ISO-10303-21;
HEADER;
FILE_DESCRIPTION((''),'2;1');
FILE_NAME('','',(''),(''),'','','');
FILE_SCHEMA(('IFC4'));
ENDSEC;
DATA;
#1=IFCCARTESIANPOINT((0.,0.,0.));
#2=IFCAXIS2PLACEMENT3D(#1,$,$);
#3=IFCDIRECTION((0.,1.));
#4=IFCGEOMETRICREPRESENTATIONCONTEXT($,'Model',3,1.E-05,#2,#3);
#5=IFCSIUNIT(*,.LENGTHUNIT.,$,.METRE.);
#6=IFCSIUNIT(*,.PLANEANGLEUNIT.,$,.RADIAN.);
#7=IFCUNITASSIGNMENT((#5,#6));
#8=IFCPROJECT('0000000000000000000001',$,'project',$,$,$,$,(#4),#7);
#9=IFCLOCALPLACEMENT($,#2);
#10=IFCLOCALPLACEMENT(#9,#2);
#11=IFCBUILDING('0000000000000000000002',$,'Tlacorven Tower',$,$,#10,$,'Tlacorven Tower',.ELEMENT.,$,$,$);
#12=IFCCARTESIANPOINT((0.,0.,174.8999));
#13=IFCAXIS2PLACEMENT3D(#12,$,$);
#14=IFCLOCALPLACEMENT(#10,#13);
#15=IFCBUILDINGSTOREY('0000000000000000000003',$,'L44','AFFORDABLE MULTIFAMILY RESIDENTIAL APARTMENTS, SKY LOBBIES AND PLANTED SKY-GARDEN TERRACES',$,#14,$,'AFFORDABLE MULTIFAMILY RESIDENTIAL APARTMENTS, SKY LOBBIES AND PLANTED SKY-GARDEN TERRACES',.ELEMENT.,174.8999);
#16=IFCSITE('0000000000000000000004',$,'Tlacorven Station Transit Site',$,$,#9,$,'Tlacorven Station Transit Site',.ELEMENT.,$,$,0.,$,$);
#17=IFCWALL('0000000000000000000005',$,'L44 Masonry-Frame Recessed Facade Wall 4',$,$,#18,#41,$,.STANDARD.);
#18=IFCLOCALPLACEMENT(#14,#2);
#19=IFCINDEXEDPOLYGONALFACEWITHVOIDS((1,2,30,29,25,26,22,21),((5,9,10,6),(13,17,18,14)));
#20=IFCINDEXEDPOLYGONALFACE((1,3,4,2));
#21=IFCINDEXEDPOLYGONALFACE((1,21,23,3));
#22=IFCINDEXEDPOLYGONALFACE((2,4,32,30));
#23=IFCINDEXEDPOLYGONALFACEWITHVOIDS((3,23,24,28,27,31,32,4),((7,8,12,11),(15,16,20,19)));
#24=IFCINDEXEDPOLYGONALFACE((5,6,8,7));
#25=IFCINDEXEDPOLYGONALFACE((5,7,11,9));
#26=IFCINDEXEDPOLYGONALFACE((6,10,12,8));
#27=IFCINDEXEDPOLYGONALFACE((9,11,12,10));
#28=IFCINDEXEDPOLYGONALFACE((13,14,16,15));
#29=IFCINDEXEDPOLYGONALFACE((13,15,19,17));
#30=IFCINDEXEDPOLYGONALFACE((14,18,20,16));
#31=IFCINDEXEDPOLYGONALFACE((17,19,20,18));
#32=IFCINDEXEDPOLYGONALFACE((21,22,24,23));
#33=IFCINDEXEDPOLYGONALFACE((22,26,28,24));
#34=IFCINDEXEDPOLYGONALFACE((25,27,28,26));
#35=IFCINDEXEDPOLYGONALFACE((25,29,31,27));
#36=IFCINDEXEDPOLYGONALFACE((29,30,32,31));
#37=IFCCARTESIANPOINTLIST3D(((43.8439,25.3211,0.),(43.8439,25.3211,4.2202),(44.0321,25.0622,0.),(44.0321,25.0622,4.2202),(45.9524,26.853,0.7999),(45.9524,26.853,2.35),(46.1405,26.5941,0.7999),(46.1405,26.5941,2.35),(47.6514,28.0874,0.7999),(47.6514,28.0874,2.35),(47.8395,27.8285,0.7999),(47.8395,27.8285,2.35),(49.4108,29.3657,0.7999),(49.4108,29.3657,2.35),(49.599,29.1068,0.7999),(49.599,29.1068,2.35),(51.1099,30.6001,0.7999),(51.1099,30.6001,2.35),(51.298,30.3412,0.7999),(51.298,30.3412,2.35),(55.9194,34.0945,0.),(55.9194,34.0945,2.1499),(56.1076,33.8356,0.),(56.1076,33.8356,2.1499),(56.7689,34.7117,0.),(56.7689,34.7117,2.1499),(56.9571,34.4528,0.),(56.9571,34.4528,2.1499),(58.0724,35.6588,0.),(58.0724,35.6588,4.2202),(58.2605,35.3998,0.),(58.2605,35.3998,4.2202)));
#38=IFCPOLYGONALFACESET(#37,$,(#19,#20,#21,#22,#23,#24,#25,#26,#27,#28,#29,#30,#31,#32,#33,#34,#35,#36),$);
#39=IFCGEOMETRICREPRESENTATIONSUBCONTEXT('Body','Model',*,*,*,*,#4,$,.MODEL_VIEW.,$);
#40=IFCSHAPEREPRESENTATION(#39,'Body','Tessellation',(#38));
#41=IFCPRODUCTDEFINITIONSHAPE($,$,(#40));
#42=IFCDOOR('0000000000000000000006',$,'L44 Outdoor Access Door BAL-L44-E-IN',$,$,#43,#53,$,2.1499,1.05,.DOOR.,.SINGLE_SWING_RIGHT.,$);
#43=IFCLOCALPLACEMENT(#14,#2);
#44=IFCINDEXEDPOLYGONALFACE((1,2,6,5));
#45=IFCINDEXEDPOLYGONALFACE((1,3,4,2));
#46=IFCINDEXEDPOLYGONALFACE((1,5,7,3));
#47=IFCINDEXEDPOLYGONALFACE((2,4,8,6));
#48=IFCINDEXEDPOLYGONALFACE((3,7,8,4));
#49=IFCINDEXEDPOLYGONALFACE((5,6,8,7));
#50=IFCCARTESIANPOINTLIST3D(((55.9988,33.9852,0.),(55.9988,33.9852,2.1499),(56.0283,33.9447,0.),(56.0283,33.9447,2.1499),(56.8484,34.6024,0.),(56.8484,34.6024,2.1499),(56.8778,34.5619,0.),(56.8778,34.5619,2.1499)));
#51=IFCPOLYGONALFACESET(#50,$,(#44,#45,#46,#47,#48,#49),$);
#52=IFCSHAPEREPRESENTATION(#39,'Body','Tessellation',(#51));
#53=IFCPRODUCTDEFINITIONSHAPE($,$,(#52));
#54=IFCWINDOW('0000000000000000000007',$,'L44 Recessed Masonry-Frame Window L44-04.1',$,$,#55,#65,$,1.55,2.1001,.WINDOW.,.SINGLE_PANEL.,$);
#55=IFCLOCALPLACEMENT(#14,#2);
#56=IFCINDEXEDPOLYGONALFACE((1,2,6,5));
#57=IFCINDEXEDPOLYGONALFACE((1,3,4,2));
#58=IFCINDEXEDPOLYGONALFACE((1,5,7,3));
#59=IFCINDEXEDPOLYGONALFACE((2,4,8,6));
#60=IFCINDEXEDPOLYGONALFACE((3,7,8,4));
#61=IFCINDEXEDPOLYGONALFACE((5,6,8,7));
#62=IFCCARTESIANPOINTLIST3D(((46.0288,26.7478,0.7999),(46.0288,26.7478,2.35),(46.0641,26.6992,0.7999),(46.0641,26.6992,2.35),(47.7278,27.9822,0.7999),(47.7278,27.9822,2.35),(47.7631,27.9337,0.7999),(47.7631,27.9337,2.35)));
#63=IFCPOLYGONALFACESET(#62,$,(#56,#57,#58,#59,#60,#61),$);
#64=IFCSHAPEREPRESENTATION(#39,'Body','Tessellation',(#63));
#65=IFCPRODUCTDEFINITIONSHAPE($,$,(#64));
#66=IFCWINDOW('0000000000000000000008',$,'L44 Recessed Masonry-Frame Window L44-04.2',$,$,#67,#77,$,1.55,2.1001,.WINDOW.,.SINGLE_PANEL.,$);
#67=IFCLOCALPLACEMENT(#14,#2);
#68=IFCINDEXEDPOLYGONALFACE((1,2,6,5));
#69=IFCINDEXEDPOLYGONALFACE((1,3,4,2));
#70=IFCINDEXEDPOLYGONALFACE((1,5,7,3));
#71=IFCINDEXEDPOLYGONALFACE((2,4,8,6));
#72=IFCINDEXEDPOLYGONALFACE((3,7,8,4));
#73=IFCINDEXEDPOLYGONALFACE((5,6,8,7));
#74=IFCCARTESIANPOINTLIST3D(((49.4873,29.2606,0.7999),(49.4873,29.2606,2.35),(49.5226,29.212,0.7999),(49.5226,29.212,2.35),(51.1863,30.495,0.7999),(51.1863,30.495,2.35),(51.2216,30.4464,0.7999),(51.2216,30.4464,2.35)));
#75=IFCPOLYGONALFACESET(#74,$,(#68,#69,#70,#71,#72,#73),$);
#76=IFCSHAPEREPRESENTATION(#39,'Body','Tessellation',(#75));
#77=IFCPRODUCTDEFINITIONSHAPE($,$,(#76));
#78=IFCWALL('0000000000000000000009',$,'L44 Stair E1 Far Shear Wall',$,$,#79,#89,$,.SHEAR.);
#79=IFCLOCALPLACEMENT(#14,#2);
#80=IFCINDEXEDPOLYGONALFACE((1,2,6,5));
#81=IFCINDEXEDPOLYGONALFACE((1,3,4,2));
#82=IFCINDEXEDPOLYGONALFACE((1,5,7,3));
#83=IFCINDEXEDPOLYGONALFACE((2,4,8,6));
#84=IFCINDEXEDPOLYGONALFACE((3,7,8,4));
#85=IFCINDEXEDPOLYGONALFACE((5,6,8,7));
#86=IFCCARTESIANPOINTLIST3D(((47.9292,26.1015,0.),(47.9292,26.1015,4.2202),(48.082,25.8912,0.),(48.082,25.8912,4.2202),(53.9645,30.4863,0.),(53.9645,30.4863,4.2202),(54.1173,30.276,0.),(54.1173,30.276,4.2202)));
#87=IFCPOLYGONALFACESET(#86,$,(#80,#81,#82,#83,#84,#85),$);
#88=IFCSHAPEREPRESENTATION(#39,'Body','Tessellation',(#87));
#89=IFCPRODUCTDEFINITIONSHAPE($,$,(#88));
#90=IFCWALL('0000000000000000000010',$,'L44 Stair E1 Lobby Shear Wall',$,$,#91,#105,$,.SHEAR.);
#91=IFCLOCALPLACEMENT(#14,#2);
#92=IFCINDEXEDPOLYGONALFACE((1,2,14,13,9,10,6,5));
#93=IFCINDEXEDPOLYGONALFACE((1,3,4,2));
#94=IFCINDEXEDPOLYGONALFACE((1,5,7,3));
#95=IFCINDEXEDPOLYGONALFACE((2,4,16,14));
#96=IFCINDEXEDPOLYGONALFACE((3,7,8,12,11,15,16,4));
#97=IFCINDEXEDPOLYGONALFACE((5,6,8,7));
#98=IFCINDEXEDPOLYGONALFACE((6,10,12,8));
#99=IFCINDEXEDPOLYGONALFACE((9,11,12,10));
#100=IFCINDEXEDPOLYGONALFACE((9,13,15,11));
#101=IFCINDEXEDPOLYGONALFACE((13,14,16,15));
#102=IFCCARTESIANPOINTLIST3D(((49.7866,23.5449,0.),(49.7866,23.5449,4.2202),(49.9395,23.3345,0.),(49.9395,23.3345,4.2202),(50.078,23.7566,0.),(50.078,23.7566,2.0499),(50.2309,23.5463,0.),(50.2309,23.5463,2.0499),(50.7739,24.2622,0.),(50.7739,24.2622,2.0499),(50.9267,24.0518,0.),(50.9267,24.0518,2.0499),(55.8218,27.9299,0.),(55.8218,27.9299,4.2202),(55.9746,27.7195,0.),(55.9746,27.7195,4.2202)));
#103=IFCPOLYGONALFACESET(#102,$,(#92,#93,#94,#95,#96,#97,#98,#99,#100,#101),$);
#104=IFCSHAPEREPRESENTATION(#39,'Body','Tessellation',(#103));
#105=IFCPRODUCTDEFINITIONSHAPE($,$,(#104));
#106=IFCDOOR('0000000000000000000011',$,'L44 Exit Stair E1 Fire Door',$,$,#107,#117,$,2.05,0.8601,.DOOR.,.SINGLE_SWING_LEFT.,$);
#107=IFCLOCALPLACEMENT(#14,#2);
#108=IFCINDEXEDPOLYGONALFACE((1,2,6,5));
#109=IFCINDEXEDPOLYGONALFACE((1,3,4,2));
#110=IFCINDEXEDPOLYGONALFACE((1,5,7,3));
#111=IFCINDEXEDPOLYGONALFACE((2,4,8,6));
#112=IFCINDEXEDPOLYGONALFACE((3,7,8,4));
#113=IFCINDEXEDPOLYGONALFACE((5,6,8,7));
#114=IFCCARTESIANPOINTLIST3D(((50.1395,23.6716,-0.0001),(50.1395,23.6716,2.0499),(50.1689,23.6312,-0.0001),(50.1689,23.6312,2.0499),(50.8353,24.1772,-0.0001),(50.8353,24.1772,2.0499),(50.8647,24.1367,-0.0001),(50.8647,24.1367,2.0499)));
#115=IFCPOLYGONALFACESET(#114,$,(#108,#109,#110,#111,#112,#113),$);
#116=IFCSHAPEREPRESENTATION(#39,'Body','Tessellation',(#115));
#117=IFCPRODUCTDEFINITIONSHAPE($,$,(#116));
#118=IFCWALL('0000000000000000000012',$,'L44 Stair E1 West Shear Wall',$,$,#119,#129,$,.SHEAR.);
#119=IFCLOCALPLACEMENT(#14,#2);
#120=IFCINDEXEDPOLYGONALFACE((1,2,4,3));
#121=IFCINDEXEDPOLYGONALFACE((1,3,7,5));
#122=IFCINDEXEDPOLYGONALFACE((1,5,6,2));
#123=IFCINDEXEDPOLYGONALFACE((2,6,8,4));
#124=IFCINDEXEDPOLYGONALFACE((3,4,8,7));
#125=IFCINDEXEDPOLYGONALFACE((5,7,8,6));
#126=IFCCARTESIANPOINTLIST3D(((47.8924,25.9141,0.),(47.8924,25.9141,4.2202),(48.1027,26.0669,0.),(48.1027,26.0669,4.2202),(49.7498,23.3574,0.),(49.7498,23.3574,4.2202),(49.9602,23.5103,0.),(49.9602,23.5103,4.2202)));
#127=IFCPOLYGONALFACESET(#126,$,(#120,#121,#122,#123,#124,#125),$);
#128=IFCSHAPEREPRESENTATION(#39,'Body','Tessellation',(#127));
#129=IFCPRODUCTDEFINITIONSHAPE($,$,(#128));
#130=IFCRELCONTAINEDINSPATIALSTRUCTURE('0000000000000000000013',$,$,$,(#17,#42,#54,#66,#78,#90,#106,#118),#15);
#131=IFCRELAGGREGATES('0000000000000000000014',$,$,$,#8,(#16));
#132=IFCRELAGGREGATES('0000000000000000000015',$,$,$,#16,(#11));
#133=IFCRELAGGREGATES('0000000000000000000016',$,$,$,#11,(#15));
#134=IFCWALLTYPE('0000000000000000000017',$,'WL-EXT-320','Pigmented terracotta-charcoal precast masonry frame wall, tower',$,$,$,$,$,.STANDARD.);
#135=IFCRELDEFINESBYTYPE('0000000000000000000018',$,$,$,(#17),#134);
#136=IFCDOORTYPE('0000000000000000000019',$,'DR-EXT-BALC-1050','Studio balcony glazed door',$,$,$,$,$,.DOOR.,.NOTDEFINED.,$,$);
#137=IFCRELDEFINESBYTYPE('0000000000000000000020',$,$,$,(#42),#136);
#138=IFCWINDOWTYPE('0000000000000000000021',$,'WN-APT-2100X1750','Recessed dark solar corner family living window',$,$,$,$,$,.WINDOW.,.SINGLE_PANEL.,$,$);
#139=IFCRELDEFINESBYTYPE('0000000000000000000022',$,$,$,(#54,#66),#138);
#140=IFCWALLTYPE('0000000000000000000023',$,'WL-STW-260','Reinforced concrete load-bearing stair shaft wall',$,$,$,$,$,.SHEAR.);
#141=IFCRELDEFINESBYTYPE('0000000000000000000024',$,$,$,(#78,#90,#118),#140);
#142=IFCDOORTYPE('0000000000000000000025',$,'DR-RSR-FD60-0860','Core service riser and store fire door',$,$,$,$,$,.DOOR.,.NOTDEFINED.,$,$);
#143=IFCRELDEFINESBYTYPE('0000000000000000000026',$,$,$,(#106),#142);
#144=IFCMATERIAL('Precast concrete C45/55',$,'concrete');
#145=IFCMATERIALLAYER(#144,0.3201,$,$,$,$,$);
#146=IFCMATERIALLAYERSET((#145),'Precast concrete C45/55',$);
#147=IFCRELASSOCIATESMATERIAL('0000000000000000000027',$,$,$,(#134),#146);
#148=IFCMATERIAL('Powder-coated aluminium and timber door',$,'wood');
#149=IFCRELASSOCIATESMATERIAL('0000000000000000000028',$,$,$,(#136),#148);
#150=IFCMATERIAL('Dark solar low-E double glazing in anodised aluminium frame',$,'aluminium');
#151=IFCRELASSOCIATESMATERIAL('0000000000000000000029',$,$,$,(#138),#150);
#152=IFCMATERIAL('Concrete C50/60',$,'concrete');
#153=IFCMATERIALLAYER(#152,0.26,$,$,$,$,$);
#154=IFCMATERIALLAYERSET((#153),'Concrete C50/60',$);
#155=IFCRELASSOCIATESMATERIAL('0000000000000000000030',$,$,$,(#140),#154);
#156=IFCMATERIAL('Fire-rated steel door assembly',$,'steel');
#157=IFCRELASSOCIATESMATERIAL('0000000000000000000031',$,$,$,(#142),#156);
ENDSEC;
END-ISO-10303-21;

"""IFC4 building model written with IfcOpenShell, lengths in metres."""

from ifc_helpers import new_model, si_unit, direction, frame, frame_2d, origin, place, context, subcontext, project, spatial, rectangle, extrude, source, transform, mapped, material, layer, layer_set, type_object, element, fill, save


model = new_model("IFC4")

# Units and contexts
model_context = context("Model", 3, precision=1e-05, world=origin(), true_north=direction((0.0, 1.0)))
body_context = subcontext(model_context, "Body", "Model", "MODEL_VIEW")
ifc_project = project(units=[si_unit("LENGTHUNIT", "METRE"), si_unit("PLANEANGLEUNIT", "RADIAN")], contexts=[model_context])

# Site, building, storey
site_placement = place(None, origin())
site = spatial("IfcSite", under=ifc_project, at=site_placement, Name="Tlacorven Station Transit Site", LongName="Tlacorven Station Transit Site", CompositionType="ELEMENT", RefElevation=0.0)
building_placement = place(site_placement, origin())
building = spatial("IfcBuilding", under=site, at=building_placement, Name="Tlacorven Tower", LongName="Tlacorven Tower", CompositionType="ELEMENT")
storey_placement = place(building_placement, frame((0.0, 0.0, 174.8999)))
storey = spatial("IfcBuildingStorey", under=building, at=storey_placement, Name="L44", Description="AFFORDABLE MULTIFAMILY RESIDENTIAL APARTMENTS, SKY LOBBIES AND PLANTED SKY-GARDEN TERRACES", LongName="AFFORDABLE MULTIFAMILY RESIDENTIAL APARTMENTS, SKY LOBBIES AND PLANTED SKY-GARDEN TERRACES", CompositionType="ELEMENT", Elevation=174.8999)

# Wall, openings, door, windows
ifc_material_1 = material(Name="Precast concrete C45/55", Category="concrete")
ifc_layer_1 = layer(ifc_material_1, 0.3201)
ifc_layer_set_1 = layer_set([ifc_layer_1], Name="Precast concrete C45/55")
wall_type_1 = type_object("IfcWallType", Name="WL-EXT-320", Description="Pigmented terracotta-charcoal precast masonry frame wall, tower", PredefinedType="STANDARD", material=ifc_layer_set_1)
wall_1_placement = place(storey_placement, frame((43.938, 25.1917, 0.0), z_axis=(0.0, 0.0, 1.0), x_axis=(0.809016, 0.587786, 0.0)))
wall_1 = element("IfcWall", 1, at=wall_1_placement, inside=storey, type_object=wall_type_1, Name="L44 Masonry-Frame Recessed Facade Wall 4", PredefinedType="STANDARD", context=body_context, shape_type="SweptSolid", body=[
    extrude(rectangle(XDim=17.5874, YDim=0.3201, at=frame_2d((8.7937, 0.0))), origin(), (0.0, 0.0, 1.0), 4.2202),
])
opening_1_placement = place(wall_1_placement, frame((14.9263, 0.0, 0.0)))
opening_1 = element("IfcOpeningElement", 2, at=opening_1_placement, cuts=wall_1, PredefinedType="OPENING", context=body_context, shape_type="SweptSolid", body=[
    extrude(rectangle(XDim=1.05, YDim=2.1499, at=frame_2d((0.5249, 1.075))), frame((0.0, 0.1699, 0.0), z_axis=(0.0, -1.0, 0.0), x_axis=(1.0, 0.0, 0.0)), (0.0, 0.0, 1.0), 0.3401),
])
opening_2_placement = place(wall_1_placement, frame((2.6062, 0.0, 0.8)))
opening_2 = element("IfcOpeningElement", 3, at=opening_2_placement, cuts=wall_1, PredefinedType="OPENING", context=body_context, shape_type="SweptSolid", body=[
    extrude(rectangle(XDim=2.1001, YDim=1.55, at=frame_2d((1.05, 0.7749))), frame((0.0, 0.1699, 0.0), z_axis=(0.0, -1.0, 0.0), x_axis=(1.0, 0.0, 0.0)), (0.0, 0.0, 1.0), 0.3401),
])
opening_3_placement = place(wall_1_placement, frame((6.8811, 0.0, 0.8)))
opening_3 = element("IfcOpeningElement", 4, at=opening_3_placement, cuts=wall_1, PredefinedType="OPENING", context=body_context, shape_type="SweptSolid", body=[
    extrude(rectangle(XDim=2.1001, YDim=1.55, at=frame_2d((1.05, 0.7749))), frame((0.0, 0.1699, 0.0), z_axis=(0.0, -1.0, 0.0), x_axis=(1.0, 0.0, 0.0)), (0.0, 0.0, 1.0), 0.3401),
])
ifc_material_2 = material(Name="Powder-coated aluminium and timber door", Category="wood")
door_type_1 = type_object("IfcDoorType", Name="DR-EXT-BALC-1050", Description="Studio balcony glazed door", OperationType="NOTDEFINED", PredefinedType="DOOR", material=ifc_material_2)
shared_shape_1 = source(origin(), body_context, "Body", "SweptSolid", [
    extrude(rectangle(XDim=1.05, YDim=2.1499, at=frame_2d((0.5249, 1.075))), frame((0.0, 0.0249, 0.0), z_axis=(0.0, -1.0, 0.0), x_axis=(1.0, 0.0, 0.0)), (0.0, 0.0, 1.0), 0.05),
])
door_1_placement = place(opening_1_placement, origin())
door_1 = element("IfcDoor", 5, at=door_1_placement, inside=storey, type_object=door_type_1, Name="L44 Outdoor Access Door BAL-L44-E-IN", OperationType="SINGLE_SWING_RIGHT", OverallHeight=2.1499, OverallWidth=1.05, PredefinedType="DOOR", context=body_context, shape_type="MappedRepresentation", body=[
    mapped(shared_shape_1, transform((0.0, 0.0, 0.0), scale=1.0)),
])
fill(opening_1, door_1)
ifc_material_3 = material(Name="Dark solar low-E double glazing in anodised aluminium frame", Category="aluminium")
window_type = type_object("IfcWindowType", Name="WN-APT-2100X1750", Description="Recessed dark solar corner family living window", PartitioningType="SINGLE_PANEL", PredefinedType="WINDOW", material=ifc_material_3)
shared_shape_2 = source(origin(), body_context, "Body", "SweptSolid", [
    extrude(rectangle(XDim=2.1001, YDim=1.55, at=frame_2d((1.05, 0.7749))), frame((0.0, 0.03, 0.0), z_axis=(0.0, -1.0, 0.0), x_axis=(1.0, 0.0, 0.0)), (0.0, 0.0, 1.0), 0.0601),
])
window_1_placement = place(opening_2_placement, origin())
window_1 = element("IfcWindow", 6, at=window_1_placement, inside=storey, type_object=window_type, Name="L44 Recessed Masonry-Frame Window L44-04.1", OverallHeight=1.55, OverallWidth=2.1001, PartitioningType="SINGLE_PANEL", PredefinedType="WINDOW", context=body_context, shape_type="MappedRepresentation", body=[
    mapped(shared_shape_2, transform((0.0, 0.0, 0.0), scale=1.0)),
])
fill(opening_2, window_1)
window_2_placement = place(opening_3_placement, origin())
window_2 = element("IfcWindow", 7, at=window_2_placement, inside=storey, type_object=window_type, Name="L44 Recessed Masonry-Frame Window L44-04.2", OverallHeight=1.55, OverallWidth=2.1001, PartitioningType="SINGLE_PANEL", PredefinedType="WINDOW", context=body_context, shape_type="MappedRepresentation", body=[
    mapped(shared_shape_2, transform((0.0, 0.0, 0.0), scale=1.0)),
])
fill(opening_3, window_2)

# Wall
ifc_material_4 = material(Name="Concrete C50/60", Category="concrete")
ifc_layer_2 = layer(ifc_material_4, 0.26)
ifc_layer_set_2 = layer_set([ifc_layer_2], Name="Concrete C50/60")
wall_type_2 = type_object("IfcWallType", Name="WL-STW-260", Description="Reinforced concrete load-bearing stair shaft wall", PredefinedType="SHEAR", material=ifc_layer_set_2)
wall_2_placement = place(storey_placement, frame((48.0056, 25.9963, 0.0), z_axis=(0.0, 0.0, 1.0), x_axis=(0.809019, 0.587782, 0.0)))
element("IfcWall", 8, at=wall_2_placement, inside=storey, type_object=wall_type_2, Name="L44 Stair E1 Far Shear Wall", PredefinedType="SHEAR", context=body_context, shape_type="SweptSolid", body=[
    extrude(rectangle(XDim=7.46, YDim=0.26, at=frame_2d((3.73, 0.0))), origin(), (0.0, 0.0, 1.0), 4.2202),
])

# Wall, opening, door
wall_3_placement = place(storey_placement, frame((49.863, 23.4397, 0.0), z_axis=(0.0, 0.0, 1.0), x_axis=(0.809003, 0.587804, 0.0)))
wall_3 = element("IfcWall", 9, at=wall_3_placement, inside=storey, type_object=wall_type_2, Name="L44 Stair E1 Lobby Shear Wall", PredefinedType="SHEAR", context=body_context, shape_type="SweptSolid", body=[
    extrude(rectangle(XDim=7.46, YDim=0.26, at=frame_2d((3.73, 0.0))), origin(), (0.0, 0.0, 1.0), 4.2202),
])
opening_4_placement = place(wall_3_placement, frame((0.3601, 0.0, 0.0)))
opening_4 = element("IfcOpeningElement", 10, at=opening_4_placement, cuts=wall_3, PredefinedType="OPENING", context=body_context, shape_type="SweptSolid", body=[
    extrude(rectangle(XDim=0.8601, YDim=2.05, at=frame_2d((0.4302, 1.0249))), frame((0.0, 0.1401, 0.0), z_axis=(0.0, -1.0, 0.0), x_axis=(1.0, 0.0, 0.0)), (0.0, 0.0, 1.0), 0.28),
])
ifc_material_5 = material(Name="Fire-rated steel door assembly", Category="steel")
door_type_2 = type_object("IfcDoorType", Name="DR-RSR-FD60-0860", Description="Core service riser and store fire door", OperationType="NOTDEFINED", PredefinedType="DOOR", material=ifc_material_5)
shared_shape_3 = source(origin(), body_context, "Body", "SweptSolid", [
    extrude(rectangle(XDim=0.8601, YDim=2.05, at=frame_2d((0.4302, 1.0249))), frame((0.0, 0.0249, 0.0), z_axis=(0.0, -1.0, 0.0), x_axis=(1.0, 0.0, 0.0)), (0.0, 0.0, 1.0), 0.05),
])
door_2_placement = place(opening_4_placement, frame((0.8601, 0.0, 0.0), z_axis=(0.0, 0.0, 1.0), x_axis=(-1.0, 0.0, 0.0)))
door_2 = element("IfcDoor", 11, at=door_2_placement, inside=storey, type_object=door_type_2, Name="L44 Exit Stair E1 Fire Door", OperationType="SINGLE_SWING_LEFT", OverallHeight=2.05, OverallWidth=0.8601, PredefinedType="DOOR", context=body_context, shape_type="MappedRepresentation", body=[
    mapped(shared_shape_3, transform((0.0, 0.0, 0.0), scale=1.0)),
])
fill(opening_4, door_2)

# Wall
wall_4_placement = place(storey_placement, frame((49.855, 23.4338, 0.0), z_axis=(0.0, 0.0, 1.0), x_axis=(-0.587767, 0.80903, 0.0)))
element("IfcWall", 12, at=wall_4_placement, inside=storey, type_object=wall_type_2, Name="L44 Stair E1 West Shear Wall", PredefinedType="SHEAR", context=body_context, shape_type="SweptSolid", body=[
    extrude(rectangle(XDim=3.1602, YDim=0.26, at=frame_2d((1.5801, 0.0))), origin(), (0.0, 0.0, 1.0), 4.2202),
])

save(model, "model.ifc")
